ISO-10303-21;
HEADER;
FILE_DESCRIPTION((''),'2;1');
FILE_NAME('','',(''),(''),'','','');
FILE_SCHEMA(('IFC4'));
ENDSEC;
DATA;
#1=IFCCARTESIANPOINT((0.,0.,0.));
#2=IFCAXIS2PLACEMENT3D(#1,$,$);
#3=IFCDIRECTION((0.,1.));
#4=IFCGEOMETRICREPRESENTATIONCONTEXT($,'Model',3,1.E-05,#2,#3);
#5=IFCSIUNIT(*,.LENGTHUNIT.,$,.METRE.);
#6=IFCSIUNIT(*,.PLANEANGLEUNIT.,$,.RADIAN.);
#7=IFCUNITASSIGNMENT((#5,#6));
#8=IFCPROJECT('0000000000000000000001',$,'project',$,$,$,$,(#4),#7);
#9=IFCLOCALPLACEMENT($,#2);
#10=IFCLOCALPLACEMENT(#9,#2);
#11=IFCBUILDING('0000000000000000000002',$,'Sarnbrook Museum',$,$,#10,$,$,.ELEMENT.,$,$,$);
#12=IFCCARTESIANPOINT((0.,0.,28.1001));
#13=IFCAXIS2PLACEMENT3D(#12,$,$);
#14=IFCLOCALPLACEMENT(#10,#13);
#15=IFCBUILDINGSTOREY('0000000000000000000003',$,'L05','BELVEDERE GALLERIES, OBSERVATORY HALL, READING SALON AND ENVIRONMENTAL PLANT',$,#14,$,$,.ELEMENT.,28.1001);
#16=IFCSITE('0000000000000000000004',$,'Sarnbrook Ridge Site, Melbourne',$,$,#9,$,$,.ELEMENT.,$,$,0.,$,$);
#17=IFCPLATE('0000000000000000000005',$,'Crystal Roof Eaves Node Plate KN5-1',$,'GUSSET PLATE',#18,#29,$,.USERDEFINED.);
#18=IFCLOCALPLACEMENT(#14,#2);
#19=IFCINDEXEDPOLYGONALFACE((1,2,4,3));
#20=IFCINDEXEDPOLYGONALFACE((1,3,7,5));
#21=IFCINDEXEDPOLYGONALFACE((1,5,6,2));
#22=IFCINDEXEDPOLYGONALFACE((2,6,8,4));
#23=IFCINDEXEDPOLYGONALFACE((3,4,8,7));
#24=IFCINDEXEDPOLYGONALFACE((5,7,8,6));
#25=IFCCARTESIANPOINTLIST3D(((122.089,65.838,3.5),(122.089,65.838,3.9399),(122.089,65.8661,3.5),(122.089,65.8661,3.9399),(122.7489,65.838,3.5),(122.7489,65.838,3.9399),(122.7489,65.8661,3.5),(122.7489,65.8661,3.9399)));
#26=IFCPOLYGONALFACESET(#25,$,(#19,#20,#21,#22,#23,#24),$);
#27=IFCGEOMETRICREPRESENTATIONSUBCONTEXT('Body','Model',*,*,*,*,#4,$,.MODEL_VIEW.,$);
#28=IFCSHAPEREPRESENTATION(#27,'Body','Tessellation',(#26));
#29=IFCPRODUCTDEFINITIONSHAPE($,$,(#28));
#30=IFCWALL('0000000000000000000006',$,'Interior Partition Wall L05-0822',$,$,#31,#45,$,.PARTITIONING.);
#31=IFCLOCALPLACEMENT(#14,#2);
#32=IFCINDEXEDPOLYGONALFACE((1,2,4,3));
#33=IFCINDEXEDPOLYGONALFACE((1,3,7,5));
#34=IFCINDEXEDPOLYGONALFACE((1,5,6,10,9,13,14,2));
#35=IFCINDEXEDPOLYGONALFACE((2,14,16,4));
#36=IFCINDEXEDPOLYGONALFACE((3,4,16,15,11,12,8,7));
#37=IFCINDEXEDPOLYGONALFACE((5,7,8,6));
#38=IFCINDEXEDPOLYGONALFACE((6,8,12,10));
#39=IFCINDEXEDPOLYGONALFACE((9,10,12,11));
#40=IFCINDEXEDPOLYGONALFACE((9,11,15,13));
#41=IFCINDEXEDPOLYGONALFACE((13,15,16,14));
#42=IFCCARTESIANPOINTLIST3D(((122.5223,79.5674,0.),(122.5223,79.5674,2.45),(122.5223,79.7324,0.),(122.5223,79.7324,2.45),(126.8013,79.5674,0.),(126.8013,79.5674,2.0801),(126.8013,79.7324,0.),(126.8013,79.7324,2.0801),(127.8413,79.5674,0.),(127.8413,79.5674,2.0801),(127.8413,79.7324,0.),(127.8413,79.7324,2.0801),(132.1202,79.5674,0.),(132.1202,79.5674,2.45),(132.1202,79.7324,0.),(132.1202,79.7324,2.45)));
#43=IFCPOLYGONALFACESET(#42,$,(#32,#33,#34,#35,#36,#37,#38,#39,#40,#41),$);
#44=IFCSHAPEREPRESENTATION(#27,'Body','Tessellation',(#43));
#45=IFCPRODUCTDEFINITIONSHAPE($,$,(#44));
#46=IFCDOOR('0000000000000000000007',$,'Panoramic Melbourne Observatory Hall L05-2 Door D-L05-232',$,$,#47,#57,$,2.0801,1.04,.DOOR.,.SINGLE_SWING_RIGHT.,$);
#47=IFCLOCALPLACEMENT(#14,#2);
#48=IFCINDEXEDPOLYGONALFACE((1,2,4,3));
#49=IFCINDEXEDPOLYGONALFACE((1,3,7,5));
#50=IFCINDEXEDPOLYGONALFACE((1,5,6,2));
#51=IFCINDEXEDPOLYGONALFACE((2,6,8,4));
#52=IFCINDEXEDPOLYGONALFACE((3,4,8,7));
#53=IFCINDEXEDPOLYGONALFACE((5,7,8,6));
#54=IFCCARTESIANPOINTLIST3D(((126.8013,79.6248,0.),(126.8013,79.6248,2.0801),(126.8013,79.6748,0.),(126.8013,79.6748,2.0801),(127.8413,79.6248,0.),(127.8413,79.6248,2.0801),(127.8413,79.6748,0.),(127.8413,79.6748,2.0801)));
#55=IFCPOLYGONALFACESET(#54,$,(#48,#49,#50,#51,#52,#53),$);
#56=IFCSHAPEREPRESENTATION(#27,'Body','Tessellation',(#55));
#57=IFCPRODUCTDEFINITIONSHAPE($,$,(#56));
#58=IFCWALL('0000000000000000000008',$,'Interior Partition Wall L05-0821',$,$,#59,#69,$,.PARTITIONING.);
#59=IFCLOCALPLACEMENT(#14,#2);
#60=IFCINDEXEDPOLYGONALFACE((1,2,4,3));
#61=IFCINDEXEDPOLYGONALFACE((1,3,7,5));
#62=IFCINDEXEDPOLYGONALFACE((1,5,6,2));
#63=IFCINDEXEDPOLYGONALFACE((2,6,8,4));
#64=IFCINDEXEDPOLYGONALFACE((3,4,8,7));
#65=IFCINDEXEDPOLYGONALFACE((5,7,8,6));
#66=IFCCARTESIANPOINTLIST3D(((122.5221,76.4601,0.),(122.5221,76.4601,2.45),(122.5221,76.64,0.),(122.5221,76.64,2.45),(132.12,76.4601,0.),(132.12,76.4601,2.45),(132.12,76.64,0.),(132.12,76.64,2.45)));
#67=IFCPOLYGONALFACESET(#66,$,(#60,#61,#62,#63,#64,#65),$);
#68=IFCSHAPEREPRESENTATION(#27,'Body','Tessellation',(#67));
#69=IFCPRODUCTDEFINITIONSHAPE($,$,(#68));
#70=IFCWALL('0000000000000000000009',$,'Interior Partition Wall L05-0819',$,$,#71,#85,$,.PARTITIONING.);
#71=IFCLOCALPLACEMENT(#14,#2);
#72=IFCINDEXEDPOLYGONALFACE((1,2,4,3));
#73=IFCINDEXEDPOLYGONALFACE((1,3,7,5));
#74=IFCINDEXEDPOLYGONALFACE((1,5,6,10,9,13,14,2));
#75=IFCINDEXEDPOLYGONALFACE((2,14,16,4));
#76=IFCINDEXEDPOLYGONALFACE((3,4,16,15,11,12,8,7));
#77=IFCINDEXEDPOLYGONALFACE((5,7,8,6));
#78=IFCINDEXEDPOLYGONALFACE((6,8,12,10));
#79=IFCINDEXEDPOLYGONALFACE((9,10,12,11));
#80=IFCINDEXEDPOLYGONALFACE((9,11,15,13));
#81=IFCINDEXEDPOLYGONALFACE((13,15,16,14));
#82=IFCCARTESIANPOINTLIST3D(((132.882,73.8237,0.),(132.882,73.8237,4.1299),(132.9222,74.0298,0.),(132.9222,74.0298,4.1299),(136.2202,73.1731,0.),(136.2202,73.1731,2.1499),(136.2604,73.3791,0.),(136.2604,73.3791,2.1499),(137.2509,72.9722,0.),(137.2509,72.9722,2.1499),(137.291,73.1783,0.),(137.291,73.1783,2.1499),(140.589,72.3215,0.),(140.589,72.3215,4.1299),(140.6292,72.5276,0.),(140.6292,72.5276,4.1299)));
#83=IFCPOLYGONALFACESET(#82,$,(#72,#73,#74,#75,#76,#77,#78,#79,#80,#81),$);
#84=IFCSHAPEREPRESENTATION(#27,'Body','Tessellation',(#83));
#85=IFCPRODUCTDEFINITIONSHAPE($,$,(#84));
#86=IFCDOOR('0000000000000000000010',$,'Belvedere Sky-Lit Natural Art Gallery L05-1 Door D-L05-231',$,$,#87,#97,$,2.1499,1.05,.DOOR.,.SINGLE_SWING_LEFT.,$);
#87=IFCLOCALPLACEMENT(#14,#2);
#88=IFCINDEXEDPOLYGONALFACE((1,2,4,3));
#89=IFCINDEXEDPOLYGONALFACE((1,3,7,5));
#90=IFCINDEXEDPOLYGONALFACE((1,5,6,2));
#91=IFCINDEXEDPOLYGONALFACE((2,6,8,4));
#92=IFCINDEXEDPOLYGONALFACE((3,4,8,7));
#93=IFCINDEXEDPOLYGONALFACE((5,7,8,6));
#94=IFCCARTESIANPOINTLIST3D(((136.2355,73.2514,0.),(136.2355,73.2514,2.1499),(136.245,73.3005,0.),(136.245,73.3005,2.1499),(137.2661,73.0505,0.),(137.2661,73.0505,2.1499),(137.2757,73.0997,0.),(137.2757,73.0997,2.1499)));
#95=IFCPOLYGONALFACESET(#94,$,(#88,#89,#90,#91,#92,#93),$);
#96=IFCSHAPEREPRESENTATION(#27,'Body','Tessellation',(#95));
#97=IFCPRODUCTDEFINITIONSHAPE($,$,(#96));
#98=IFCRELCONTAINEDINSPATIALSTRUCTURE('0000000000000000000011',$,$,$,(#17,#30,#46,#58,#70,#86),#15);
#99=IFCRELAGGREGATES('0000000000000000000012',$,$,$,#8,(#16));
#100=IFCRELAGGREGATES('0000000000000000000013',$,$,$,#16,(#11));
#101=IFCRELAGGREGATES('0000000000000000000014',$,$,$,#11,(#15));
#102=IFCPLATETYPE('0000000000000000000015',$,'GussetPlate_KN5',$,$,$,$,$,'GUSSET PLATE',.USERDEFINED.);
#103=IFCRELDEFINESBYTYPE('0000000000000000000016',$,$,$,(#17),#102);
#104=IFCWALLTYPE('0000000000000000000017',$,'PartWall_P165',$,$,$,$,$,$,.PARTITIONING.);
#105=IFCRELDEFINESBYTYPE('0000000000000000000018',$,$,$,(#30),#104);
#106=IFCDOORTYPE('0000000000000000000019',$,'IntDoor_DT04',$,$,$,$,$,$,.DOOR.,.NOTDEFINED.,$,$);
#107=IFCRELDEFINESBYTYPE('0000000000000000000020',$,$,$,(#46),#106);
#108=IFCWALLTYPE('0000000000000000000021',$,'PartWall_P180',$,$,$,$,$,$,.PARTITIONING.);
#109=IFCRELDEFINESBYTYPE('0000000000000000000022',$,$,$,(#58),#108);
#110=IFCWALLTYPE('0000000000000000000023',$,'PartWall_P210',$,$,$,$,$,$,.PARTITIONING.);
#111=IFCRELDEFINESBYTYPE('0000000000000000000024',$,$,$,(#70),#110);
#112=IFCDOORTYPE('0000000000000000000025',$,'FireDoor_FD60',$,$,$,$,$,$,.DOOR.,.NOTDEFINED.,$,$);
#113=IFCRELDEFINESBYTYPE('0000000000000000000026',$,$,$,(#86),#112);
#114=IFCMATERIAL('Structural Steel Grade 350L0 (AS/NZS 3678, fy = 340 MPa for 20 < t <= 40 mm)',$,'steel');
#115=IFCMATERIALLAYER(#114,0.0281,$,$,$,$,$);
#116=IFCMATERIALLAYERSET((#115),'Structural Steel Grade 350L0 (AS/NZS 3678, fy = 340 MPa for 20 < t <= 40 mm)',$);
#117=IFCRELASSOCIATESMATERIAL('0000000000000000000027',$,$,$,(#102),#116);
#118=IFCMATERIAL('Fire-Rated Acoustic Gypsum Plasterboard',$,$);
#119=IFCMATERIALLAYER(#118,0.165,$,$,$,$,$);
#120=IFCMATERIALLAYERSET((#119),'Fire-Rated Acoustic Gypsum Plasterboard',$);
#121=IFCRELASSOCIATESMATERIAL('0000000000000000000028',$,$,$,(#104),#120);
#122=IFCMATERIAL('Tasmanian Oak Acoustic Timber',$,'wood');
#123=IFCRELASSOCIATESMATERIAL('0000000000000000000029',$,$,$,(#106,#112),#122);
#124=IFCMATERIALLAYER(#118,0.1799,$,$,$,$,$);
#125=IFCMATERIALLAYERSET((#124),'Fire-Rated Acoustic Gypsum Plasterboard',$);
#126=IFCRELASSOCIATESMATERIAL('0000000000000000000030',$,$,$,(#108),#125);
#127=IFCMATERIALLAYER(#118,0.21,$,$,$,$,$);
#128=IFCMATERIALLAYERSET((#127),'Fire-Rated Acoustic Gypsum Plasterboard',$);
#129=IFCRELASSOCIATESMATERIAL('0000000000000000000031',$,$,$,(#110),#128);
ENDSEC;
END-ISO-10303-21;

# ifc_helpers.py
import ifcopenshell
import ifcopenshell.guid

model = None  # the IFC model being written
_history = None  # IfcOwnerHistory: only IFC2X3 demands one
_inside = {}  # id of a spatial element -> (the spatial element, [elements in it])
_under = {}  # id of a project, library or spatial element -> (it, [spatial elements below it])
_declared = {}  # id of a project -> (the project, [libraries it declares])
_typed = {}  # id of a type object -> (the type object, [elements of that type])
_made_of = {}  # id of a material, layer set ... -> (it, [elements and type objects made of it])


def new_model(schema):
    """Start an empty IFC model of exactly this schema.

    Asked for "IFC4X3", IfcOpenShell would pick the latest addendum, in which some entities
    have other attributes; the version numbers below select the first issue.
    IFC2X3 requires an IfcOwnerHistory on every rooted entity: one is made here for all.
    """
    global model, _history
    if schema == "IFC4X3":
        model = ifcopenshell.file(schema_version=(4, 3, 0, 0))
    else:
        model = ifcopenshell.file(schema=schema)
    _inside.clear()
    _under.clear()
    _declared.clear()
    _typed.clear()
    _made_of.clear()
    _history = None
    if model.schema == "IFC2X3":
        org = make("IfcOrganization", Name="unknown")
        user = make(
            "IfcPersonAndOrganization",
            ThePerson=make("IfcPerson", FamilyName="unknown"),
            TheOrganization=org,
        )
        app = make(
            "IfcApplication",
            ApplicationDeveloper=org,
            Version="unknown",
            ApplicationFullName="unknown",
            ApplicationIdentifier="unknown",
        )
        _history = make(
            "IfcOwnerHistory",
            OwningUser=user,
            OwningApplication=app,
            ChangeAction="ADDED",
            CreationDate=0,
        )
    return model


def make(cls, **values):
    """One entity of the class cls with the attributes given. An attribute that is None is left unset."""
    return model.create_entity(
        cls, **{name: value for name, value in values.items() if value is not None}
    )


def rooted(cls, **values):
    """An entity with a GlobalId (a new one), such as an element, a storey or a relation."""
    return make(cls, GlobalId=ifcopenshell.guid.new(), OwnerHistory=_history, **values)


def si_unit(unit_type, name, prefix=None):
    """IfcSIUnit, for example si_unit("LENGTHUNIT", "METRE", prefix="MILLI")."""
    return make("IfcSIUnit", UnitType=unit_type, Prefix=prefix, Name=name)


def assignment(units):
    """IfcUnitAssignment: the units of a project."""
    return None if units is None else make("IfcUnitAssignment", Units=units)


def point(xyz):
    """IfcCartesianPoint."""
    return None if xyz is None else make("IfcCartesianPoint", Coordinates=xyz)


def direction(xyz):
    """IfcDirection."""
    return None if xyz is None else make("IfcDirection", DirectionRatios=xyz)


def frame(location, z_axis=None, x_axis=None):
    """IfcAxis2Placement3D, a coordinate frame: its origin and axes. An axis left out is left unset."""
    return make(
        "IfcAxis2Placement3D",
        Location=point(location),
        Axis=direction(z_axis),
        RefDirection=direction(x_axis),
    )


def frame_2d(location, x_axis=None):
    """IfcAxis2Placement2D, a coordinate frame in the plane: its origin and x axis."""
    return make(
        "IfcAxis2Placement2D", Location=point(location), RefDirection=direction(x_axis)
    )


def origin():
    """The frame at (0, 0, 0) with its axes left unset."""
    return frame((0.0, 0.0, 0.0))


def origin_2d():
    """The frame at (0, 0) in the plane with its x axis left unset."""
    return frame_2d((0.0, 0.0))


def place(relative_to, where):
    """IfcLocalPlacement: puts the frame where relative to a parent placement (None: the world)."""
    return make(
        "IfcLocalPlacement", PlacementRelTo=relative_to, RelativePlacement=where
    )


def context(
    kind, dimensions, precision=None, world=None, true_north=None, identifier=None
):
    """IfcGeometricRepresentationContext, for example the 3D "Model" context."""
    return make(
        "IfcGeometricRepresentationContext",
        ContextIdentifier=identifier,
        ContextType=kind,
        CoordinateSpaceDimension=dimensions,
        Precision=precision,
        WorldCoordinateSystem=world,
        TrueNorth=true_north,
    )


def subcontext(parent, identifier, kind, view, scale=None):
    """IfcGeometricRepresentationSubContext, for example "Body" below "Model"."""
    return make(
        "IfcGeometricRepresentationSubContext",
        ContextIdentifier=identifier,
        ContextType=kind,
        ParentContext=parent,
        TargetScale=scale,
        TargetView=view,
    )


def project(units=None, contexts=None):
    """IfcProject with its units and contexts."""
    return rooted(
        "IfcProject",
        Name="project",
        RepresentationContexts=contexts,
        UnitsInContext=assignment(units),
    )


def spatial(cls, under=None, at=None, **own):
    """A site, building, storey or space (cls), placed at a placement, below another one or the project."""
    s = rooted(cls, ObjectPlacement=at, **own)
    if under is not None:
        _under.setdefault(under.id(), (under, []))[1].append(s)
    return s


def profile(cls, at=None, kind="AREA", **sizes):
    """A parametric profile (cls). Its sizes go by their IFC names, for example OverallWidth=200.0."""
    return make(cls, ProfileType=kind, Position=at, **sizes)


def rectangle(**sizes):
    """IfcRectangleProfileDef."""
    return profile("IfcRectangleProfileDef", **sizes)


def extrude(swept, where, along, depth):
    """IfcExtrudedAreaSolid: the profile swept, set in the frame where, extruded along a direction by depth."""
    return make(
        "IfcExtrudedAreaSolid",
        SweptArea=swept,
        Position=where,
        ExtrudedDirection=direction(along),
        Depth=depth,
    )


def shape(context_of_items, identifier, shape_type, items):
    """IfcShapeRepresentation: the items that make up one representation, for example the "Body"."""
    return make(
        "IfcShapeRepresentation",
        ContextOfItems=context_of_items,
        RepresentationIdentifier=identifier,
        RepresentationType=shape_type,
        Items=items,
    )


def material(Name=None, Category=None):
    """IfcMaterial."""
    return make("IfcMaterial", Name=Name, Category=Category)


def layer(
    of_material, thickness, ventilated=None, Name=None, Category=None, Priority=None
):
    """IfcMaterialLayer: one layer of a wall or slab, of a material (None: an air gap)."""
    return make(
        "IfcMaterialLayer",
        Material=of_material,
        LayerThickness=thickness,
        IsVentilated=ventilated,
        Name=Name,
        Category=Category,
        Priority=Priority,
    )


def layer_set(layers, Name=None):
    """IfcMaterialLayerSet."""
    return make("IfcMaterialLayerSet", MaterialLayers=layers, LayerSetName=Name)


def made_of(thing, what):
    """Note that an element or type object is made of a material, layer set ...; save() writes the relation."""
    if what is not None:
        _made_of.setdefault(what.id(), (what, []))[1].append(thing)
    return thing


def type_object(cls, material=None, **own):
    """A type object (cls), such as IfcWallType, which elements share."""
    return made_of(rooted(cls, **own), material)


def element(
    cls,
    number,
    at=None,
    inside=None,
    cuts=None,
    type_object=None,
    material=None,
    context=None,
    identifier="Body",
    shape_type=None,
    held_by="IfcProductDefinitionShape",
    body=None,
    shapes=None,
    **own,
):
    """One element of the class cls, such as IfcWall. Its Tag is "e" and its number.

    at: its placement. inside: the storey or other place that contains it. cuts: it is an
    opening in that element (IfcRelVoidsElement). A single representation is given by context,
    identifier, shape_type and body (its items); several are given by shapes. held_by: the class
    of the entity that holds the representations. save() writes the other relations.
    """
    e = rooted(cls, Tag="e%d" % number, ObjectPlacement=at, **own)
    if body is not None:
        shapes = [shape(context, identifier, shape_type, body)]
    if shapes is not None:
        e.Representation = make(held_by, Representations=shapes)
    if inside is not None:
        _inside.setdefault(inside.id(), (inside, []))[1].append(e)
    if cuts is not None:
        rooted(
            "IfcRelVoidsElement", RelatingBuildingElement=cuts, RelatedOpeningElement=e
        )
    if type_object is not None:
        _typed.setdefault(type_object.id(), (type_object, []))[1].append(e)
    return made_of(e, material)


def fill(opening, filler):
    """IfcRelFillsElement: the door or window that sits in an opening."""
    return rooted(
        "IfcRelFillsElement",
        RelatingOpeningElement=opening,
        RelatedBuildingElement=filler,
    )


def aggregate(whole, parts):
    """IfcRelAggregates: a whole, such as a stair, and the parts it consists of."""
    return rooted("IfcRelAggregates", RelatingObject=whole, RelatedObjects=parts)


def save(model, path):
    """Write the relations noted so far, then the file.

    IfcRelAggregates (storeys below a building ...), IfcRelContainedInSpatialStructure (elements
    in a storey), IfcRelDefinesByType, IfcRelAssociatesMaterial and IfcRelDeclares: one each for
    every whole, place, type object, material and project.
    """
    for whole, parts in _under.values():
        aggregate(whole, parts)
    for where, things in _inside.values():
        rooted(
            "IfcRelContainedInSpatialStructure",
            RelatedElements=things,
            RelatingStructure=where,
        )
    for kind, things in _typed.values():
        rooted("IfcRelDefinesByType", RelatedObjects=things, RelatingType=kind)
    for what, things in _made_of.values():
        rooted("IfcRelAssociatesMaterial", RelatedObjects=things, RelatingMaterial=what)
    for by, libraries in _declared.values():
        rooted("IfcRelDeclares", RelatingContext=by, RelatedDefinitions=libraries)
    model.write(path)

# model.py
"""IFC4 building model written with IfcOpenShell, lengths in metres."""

from ifc_helpers import new_model, si_unit, direction, frame, frame_2d, origin, origin_2d, place, context, subcontext, project, spatial, rectangle, extrude, material, layer, layer_set, type_object, element, fill, save


model = new_model("IFC4")

# Units and contexts
model_context = context("Model", 3, precision=1e-05, world=origin(), true_north=direction((0.0, 1.0)))
body_context = subcontext(model_context, "Body", "Model", "MODEL_VIEW")
ifc_project = project(units=[si_unit("LENGTHUNIT", "METRE"), si_unit("PLANEANGLEUNIT", "RADIAN")], contexts=[model_context])

# Site, building, storey
site_placement = place(None, origin())
site = spatial("IfcSite", under=ifc_project, at=site_placement, Name="Sarnbrook Ridge Site, Melbourne", CompositionType="ELEMENT", RefElevation=0.0)
building_placement = place(site_placement, origin())
building = spatial("IfcBuilding", under=site, at=building_placement, Name="Sarnbrook Museum", CompositionType="ELEMENT")
storey_placement = place(building_placement, frame((0.0, 0.0, 28.1001)))
storey = spatial("IfcBuildingStorey", under=building, at=storey_placement, Name="L05", Description="BELVEDERE GALLERIES, OBSERVATORY HALL, READING SALON AND ENVIRONMENTAL PLANT", CompositionType="ELEMENT", Elevation=28.1001)

# Shared definitions
ifc_material_1 = material(Name="Structural Steel Grade 350L0 (AS/NZS 3678, fy = 340 MPa for 20 < t <= 40 mm)", Category="steel")

# Plate
ifc_layer_1 = layer(ifc_material_1, 0.0281)
ifc_layer_set_1 = layer_set([ifc_layer_1], Name="Structural Steel Grade 350L0 (AS/NZS 3678, fy = 340 MPa for 20 < t <= 40 mm)")
plate_type_1 = type_object("IfcPlateType", Name="GussetPlate_KN5", ElementType="GUSSET PLATE", PredefinedType="USERDEFINED", material=ifc_layer_set_1)
plate_1_placement = place(storey_placement, frame((122.4189, 65.8521, 3.5), z_axis=(0.0, 0.0, 1.0), x_axis=(1.0, 0.0, 0.0)))
element("IfcPlate", 1, at=plate_1_placement, inside=storey, type_object=plate_type_1, Name="Crystal Roof Eaves Node Plate KN5-1", ObjectType="GUSSET PLATE", PredefinedType="USERDEFINED", context=body_context, shape_type="SweptSolid", body=[
    extrude(rectangle(XDim=0.6599, YDim=0.0281, at=origin_2d()), origin(), (0.0, 0.0, 1.0), 0.4399),
])

# Wall, opening, door
ifc_material_2 = material(Name="Fire-Rated Acoustic Gypsum Plasterboard")
ifc_layer_2 = layer(ifc_material_2, 0.165)
ifc_layer_set_2 = layer_set([ifc_layer_2], Name="Fire-Rated Acoustic Gypsum Plasterboard")
wall_type_1 = type_object("IfcWallType", Name="PartWall_P165", PredefinedType="PARTITIONING", material=ifc_layer_set_2)
wall_1_placement = place(storey_placement, frame((132.1201, 79.6499, 0.0), z_axis=(0.0, 0.0, 1.0), x_axis=(-1.0, 0.0, 0.0)))
wall_1 = element("IfcWall", 2, at=wall_1_placement, inside=storey, type_object=wall_type_1, Name="Interior Partition Wall L05-0822", PredefinedType="PARTITIONING", context=body_context, shape_type="SweptSolid", body=[
    extrude(rectangle(XDim=9.5979, YDim=0.165, at=frame_2d((4.7988, 0.0))), origin(), (0.0, 0.0, 1.0), 2.45),
])
opening_1_placement = place(wall_1_placement, frame((4.2788, 0.0, 0.0)))
opening_1 = element("IfcOpeningElement", 3, at=opening_1_placement, cuts=wall_1, PredefinedType="OPENING", context=body_context, shape_type="SweptSolid", body=[
    extrude(rectangle(XDim=1.04, YDim=2.0801, at=frame_2d((0.52, 1.04))), frame((0.0, 0.0925, 0.0), z_axis=(0.0, -1.0, 0.0), x_axis=(1.0, 0.0, 0.0)), (0.0, 0.0, 1.0), 0.1851),
])
ifc_material_3 = material(Name="Tasmanian Oak Acoustic Timber", Category="wood")
door_type_1 = type_object("IfcDoorType", Name="IntDoor_DT04", OperationType="NOTDEFINED", PredefinedType="DOOR", material=ifc_material_3)
door_1_placement = place(opening_1_placement, frame((1.04, 0.0, 0.0), z_axis=(0.0, 0.0, 1.0), x_axis=(-1.0, 0.0, 0.0)))
door_1 = element("IfcDoor", 4, at=door_1_placement, inside=storey, type_object=door_type_1, Name="Panoramic Melbourne Observatory Hall L05-2 Door D-L05-232", OperationType="SINGLE_SWING_RIGHT", OverallHeight=2.0801, OverallWidth=1.04, PredefinedType="DOOR", context=body_context, shape_type="SweptSolid", body=[
    extrude(rectangle(XDim=1.04, YDim=2.0801, at=frame_2d((0.52, 1.04))), frame((0.0, 0.0249, 0.0), z_axis=(0.0, -1.0, 0.0), x_axis=(1.0, 0.0, 0.0)), (0.0, 0.0, 1.0), 0.05),
])
fill(opening_1, door_1)

# Wall
ifc_layer_3 = layer(ifc_material_2, 0.1799)
ifc_layer_set_3 = layer_set([ifc_layer_3], Name="Fire-Rated Acoustic Gypsum Plasterboard")
wall_type_2 = type_object("IfcWallType", Name="PartWall_P180", PredefinedType="PARTITIONING", material=ifc_layer_set_3)
wall_2_placement = place(storey_placement, frame((122.5222, 76.55, 0.0), z_axis=(0.0, 0.0, 1.0), x_axis=(1.0, 0.0, 0.0)))
element("IfcWall", 5, at=wall_2_placement, inside=storey, type_object=wall_type_2, Name="Interior Partition Wall L05-0821", PredefinedType="PARTITIONING", context=body_context, shape_type="SweptSolid", body=[
    extrude(rectangle(XDim=9.5979, YDim=0.1799, at=frame_2d((4.7988, 0.0))), origin(), (0.0, 0.0, 1.0), 2.45),
])

# Wall, opening, door
ifc_layer_4 = layer(ifc_material_2, 0.21)
ifc_layer_set_4 = layer_set([ifc_layer_4], Name="Fire-Rated Acoustic Gypsum Plasterboard")
wall_type_3 = type_object("IfcWallType", Name="PartWall_P210", PredefinedType="PARTITIONING", material=ifc_layer_set_4)
wall_3_placement = place(storey_placement, frame((132.9021, 73.9268, 0.0), z_axis=(0.0, 0.0, 1.0), x_axis=(0.981529, -0.191312, 0.0)))
wall_3 = element("IfcWall", 6, at=wall_3_placement, inside=storey, type_object=wall_type_3, Name="Interior Partition Wall L05-0819", PredefinedType="PARTITIONING", context=body_context, shape_type="SweptSolid", body=[
    extrude(rectangle(XDim=7.8521, YDim=0.21, at=frame_2d((3.926, 0.0))), origin(), (0.0, 0.0, 1.0), 4.1299),
])
opening_2_placement = place(wall_3_placement, frame((3.4011, 0.0, 0.0)))
opening_2 = element("IfcOpeningElement", 7, at=opening_2_placement, cuts=wall_3, PredefinedType="OPENING", context=body_context, shape_type="SweptSolid", body=[
    extrude(rectangle(XDim=1.05, YDim=2.1499, at=frame_2d((0.5249, 1.075))), frame((0.0, 0.115, 0.0), z_axis=(0.0, -1.0, 0.0), x_axis=(1.0, 0.0, 0.0)), (0.0, 0.0, 1.0), 0.23),
])
door_type_2 = type_object("IfcDoorType", Name="FireDoor_FD60", OperationType="NOTDEFINED", PredefinedType="DOOR", material=ifc_material_3)
door_2_placement = place(opening_2_placement, origin())
door_2 = element("IfcDoor", 8, at=door_2_placement, inside=storey, type_object=door_type_2, Name="Belvedere Sky-Lit Natural Art Gallery L05-1 Door D-L05-231", OperationType="SINGLE_SWING_LEFT", OverallHeight=2.1499, OverallWidth=1.05, PredefinedType="DOOR", context=body_context, shape_type="SweptSolid", body=[
    extrude(rectangle(XDim=1.05, YDim=2.1499, at=frame_2d((0.5249, 1.075))), frame((0.0, 0.0249, 0.0), z_axis=(0.0, -1.0, 0.0), x_axis=(1.0, 0.0, 0.0)), (0.0, 0.0, 1.0), 0.05),
])
fill(opening_2, door_2)

save(model, "model.ifc")
